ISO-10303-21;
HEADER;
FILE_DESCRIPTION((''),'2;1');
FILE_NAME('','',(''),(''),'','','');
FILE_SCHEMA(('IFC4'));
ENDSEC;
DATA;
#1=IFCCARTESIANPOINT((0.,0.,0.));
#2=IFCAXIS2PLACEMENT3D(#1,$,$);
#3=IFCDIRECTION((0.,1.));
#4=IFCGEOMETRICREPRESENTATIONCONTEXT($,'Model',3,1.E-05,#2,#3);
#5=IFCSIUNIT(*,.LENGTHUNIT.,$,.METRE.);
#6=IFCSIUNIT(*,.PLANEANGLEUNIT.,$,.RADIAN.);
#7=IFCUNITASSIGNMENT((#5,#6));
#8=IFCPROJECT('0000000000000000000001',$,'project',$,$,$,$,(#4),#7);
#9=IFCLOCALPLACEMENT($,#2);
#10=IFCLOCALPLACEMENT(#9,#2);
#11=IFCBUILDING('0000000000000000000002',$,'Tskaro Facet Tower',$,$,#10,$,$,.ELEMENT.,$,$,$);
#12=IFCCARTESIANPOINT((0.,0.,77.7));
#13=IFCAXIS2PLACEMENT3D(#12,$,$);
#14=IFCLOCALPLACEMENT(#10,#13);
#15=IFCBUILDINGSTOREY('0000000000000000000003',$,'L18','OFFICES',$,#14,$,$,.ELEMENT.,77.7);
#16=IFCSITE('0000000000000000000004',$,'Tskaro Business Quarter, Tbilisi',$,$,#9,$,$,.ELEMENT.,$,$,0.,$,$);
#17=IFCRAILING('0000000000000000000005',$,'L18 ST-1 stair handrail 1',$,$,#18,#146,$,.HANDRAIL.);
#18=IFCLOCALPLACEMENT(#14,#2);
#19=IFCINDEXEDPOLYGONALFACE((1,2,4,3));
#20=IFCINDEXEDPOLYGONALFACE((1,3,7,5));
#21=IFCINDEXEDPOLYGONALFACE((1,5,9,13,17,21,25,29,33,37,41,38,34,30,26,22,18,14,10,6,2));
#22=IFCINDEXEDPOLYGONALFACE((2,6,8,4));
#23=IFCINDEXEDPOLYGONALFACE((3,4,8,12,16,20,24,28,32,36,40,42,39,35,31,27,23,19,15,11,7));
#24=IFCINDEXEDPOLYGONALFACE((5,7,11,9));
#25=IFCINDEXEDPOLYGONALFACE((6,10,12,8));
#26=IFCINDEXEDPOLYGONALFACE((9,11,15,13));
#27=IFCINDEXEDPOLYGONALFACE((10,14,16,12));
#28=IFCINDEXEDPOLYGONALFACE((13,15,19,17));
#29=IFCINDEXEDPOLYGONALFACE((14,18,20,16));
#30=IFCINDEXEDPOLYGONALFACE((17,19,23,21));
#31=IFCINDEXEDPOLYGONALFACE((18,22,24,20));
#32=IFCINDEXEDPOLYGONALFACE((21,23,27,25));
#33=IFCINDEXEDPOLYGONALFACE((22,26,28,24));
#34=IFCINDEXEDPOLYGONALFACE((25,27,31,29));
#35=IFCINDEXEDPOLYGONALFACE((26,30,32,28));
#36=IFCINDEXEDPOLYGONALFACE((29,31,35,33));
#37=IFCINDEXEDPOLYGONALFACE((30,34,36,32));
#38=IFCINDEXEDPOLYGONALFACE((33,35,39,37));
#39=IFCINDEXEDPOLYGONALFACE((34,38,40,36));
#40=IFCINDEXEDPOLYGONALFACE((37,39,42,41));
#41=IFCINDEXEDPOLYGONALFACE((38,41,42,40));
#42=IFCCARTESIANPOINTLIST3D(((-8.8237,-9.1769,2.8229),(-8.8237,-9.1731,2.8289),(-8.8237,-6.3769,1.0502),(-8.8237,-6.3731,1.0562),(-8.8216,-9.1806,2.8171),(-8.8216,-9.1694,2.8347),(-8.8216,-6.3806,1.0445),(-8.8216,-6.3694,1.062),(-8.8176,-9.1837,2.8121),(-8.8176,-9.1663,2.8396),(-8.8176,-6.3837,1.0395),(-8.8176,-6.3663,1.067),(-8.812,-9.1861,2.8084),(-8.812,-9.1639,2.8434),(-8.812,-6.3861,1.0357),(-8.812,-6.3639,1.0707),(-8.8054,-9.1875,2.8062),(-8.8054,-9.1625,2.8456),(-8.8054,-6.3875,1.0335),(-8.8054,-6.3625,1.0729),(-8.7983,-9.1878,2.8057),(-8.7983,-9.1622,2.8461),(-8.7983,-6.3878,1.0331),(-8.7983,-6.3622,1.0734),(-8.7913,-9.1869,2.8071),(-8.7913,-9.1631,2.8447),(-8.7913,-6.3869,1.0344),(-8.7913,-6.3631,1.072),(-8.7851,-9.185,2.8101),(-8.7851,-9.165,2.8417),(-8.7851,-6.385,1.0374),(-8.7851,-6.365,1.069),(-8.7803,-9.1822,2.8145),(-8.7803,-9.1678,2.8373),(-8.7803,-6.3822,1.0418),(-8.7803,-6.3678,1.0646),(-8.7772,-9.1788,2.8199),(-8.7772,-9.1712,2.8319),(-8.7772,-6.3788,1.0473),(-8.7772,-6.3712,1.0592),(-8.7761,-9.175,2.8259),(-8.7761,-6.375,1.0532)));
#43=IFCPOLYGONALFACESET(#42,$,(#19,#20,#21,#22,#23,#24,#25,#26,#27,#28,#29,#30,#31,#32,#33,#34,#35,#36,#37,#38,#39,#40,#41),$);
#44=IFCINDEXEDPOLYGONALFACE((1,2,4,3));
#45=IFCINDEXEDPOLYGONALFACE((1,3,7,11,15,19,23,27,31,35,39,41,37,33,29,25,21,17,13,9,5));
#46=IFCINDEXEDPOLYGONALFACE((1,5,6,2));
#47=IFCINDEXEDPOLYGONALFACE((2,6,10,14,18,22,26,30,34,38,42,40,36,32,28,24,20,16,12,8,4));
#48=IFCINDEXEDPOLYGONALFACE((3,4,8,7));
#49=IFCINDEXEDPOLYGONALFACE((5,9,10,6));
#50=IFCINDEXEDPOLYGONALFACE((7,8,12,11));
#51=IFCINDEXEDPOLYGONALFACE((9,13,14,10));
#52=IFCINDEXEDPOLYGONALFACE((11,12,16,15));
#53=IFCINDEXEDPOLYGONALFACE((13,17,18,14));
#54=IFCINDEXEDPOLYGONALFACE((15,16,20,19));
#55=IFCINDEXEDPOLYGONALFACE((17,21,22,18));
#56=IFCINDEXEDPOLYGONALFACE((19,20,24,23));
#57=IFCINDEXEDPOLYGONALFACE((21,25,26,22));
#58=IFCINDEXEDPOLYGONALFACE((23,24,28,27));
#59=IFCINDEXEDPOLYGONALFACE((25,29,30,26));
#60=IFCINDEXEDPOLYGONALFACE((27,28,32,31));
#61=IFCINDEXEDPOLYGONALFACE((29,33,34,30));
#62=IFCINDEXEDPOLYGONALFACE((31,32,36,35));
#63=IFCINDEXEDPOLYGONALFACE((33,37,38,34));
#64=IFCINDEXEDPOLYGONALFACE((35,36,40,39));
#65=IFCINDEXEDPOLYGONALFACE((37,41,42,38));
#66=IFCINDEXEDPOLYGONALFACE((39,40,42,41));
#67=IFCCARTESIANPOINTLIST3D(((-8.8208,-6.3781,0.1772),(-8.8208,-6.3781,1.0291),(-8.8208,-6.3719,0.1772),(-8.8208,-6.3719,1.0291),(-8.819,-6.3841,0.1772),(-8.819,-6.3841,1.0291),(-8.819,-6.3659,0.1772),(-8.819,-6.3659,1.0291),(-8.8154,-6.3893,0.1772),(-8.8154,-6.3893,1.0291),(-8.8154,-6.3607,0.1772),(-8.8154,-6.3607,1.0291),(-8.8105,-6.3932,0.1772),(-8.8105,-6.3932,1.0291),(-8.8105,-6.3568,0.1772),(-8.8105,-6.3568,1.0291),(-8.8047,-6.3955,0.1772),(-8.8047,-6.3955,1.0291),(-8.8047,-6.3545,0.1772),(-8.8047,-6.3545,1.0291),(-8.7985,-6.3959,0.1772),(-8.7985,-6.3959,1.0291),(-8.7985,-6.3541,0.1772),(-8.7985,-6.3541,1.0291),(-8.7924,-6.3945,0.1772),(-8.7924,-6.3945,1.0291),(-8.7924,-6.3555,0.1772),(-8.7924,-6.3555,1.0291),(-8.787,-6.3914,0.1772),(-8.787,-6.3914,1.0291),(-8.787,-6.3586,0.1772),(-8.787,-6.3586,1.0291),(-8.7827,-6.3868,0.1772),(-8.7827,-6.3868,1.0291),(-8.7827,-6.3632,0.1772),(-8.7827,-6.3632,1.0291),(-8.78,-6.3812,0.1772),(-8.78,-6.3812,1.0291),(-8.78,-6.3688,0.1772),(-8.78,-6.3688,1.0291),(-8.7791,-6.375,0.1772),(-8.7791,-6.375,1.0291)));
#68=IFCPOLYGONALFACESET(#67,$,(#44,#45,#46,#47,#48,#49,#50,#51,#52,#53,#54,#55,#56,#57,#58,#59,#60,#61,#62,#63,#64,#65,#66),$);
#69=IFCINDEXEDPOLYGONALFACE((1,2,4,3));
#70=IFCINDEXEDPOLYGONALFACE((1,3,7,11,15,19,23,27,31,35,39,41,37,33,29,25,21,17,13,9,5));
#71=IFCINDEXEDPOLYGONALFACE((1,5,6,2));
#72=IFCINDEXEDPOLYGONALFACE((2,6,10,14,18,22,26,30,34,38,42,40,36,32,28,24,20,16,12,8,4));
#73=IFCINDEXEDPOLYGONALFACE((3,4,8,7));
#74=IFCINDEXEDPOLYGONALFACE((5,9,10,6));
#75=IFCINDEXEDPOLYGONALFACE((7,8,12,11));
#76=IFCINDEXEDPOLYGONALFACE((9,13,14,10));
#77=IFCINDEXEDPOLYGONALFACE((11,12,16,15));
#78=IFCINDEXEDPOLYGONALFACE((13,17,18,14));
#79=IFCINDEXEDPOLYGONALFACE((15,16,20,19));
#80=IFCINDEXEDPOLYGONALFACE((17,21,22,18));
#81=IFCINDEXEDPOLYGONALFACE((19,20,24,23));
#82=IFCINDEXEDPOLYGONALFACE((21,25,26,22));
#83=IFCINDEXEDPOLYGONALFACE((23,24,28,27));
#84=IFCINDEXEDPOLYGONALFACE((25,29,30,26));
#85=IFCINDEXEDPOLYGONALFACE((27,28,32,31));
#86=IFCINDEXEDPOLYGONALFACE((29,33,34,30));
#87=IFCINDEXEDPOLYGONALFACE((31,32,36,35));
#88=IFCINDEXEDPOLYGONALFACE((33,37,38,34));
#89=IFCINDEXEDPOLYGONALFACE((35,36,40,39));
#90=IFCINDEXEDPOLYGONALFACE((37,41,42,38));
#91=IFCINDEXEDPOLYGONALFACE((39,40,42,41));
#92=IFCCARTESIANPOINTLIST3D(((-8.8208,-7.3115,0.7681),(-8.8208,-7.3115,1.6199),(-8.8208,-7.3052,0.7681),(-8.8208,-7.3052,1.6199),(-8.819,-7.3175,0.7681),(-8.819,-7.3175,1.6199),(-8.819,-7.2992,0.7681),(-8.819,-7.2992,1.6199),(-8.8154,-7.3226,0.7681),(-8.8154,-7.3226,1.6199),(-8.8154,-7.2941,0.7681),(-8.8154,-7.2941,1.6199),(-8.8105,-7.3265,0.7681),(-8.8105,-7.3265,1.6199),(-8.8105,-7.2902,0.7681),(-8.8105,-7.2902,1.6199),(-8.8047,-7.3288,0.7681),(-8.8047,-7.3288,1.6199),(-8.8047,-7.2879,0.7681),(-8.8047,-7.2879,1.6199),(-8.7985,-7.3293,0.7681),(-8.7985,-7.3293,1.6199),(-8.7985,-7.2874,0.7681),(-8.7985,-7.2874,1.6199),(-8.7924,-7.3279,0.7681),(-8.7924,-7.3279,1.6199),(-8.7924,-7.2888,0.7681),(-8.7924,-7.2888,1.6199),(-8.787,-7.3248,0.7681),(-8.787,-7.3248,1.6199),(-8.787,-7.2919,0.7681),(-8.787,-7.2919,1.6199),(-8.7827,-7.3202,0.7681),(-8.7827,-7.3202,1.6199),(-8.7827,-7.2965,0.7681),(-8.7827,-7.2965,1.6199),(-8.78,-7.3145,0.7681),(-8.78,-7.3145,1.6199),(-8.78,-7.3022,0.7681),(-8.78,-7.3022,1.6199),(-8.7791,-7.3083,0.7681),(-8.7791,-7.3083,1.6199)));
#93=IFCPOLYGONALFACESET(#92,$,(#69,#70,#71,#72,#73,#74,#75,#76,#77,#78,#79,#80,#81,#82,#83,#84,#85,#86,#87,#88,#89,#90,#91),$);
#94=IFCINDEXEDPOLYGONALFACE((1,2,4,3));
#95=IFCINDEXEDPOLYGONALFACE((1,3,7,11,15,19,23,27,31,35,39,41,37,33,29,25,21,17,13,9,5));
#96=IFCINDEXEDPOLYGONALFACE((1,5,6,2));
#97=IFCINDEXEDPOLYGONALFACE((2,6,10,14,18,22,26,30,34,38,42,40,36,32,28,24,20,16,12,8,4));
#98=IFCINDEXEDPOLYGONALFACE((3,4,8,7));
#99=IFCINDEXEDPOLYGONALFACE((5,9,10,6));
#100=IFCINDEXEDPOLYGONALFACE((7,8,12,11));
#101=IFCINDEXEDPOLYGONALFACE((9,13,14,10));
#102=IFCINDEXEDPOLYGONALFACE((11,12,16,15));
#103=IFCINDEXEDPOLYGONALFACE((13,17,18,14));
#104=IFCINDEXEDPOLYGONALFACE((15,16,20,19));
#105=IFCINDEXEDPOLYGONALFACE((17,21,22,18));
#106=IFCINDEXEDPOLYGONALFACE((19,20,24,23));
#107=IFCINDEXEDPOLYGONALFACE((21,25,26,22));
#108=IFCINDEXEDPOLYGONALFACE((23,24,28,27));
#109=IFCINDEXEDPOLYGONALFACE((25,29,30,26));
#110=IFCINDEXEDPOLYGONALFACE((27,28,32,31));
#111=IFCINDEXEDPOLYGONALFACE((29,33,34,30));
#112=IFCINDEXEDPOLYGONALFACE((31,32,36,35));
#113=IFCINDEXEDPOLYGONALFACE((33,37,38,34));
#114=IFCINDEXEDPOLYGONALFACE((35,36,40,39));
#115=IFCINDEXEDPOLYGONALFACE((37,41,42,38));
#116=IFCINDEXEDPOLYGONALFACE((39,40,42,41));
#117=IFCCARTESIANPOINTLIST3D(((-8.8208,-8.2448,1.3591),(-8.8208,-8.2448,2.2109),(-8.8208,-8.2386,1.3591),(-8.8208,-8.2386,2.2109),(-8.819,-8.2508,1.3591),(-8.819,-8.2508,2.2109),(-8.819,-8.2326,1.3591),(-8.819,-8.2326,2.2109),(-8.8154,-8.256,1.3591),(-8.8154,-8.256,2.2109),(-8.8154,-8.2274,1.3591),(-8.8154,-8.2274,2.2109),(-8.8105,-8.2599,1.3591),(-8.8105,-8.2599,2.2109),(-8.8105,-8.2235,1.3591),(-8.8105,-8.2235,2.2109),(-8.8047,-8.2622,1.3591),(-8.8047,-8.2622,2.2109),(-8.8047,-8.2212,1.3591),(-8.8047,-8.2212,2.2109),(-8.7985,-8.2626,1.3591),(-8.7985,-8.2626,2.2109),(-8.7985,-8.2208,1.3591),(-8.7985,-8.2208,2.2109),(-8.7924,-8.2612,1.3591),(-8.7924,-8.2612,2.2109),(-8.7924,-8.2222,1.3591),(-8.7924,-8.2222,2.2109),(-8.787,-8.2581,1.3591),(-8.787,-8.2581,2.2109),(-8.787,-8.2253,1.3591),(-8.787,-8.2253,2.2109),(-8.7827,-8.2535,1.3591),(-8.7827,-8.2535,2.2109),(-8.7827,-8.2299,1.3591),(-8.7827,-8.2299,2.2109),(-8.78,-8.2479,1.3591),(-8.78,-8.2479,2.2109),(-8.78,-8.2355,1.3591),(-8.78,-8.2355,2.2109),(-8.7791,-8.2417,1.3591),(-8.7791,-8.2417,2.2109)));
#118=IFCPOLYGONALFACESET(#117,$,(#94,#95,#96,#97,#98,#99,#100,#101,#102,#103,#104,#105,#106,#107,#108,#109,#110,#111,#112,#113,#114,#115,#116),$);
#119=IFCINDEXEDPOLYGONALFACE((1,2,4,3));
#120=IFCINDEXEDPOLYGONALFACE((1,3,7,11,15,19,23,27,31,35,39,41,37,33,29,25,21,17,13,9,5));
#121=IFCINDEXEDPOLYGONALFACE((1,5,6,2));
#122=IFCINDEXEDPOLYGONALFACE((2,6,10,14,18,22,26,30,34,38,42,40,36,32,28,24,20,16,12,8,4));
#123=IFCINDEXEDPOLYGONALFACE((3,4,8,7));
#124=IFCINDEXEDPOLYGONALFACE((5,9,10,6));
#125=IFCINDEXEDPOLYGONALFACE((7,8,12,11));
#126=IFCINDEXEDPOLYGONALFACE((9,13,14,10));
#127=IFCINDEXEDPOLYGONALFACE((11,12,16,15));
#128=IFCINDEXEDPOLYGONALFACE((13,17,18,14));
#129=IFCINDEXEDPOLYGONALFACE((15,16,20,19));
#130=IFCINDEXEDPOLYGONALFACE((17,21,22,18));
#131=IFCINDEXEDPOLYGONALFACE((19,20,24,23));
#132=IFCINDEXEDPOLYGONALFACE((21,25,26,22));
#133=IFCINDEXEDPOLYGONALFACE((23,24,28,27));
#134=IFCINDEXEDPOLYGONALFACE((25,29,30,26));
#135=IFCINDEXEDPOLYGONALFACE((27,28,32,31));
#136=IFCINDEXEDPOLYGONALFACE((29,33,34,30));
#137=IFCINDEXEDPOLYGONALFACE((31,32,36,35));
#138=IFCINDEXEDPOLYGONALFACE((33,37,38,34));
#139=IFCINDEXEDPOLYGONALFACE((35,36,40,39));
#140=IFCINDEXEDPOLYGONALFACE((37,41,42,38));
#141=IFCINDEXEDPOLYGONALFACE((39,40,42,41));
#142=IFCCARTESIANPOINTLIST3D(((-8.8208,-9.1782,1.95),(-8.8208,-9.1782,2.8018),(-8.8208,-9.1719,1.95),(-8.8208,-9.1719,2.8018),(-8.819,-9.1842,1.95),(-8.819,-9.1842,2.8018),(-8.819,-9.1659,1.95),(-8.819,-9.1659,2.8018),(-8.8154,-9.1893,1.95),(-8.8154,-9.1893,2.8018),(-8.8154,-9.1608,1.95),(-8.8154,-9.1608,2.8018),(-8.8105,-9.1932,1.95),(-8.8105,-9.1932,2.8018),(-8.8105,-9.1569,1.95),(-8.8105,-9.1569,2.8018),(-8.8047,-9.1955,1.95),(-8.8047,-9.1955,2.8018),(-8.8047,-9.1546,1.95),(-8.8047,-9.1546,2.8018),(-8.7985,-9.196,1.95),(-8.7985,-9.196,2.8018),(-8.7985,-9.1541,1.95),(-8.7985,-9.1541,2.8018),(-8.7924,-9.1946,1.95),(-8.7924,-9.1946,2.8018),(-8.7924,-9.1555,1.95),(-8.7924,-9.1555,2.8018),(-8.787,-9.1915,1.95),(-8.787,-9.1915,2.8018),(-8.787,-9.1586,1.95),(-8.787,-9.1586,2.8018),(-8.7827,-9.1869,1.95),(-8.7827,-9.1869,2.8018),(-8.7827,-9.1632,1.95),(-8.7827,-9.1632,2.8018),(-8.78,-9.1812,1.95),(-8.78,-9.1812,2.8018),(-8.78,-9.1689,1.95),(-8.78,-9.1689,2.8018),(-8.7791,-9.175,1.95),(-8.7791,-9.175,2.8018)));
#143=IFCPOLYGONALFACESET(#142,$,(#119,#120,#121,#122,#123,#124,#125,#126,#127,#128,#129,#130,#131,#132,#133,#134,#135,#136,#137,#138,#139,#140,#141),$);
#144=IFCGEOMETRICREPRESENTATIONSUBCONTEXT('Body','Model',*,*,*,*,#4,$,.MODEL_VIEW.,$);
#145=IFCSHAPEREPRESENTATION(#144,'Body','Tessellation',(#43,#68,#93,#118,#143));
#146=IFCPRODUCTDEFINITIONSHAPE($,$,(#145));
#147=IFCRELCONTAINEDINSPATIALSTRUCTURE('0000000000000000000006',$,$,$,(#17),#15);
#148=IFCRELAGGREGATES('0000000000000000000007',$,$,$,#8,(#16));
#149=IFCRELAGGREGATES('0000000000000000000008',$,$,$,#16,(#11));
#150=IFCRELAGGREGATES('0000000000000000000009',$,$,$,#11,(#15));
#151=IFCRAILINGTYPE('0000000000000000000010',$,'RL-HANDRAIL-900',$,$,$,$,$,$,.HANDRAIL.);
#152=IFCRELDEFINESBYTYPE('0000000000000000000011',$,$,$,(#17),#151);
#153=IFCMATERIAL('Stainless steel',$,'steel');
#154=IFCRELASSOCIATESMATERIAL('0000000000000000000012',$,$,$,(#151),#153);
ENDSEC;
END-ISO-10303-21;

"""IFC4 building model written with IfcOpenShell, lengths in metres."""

from ifc_helpers import new_model, si_unit, direction, frame, origin, origin_2d, place, context, subcontext, project, spatial, circle, extrude, material, type_object, element, save


model = new_model("IFC4")

# Units and contexts
model_context = context("Model", 3, precision=1e-05, world=origin(), true_north=direction((0.0, 1.0)))
body_context = subcontext(model_context, "Body", "Model", "MODEL_VIEW")
ifc_project = project(units=[si_unit("LENGTHUNIT", "METRE"), si_unit("PLANEANGLEUNIT", "RADIAN")], contexts=[model_context])

# Site, building, storey
site_placement = place(None, origin())
site = spatial("IfcSite", under=ifc_project, at=site_placement, Name="Tskaro Business Quarter, Tbilisi", CompositionType="ELEMENT", RefElevation=0.0)
building_placement = place(site_placement, origin())
building = spatial("IfcBuilding", under=site, at=building_placement, Name="Tskaro Facet Tower", CompositionType="ELEMENT")
storey_placement = place(building_placement, frame((0.0, 0.0, 77.7)))
storey = spatial("IfcBuildingStorey", under=building, at=storey_placement, Name="L18", Description="OFFICES", CompositionType="ELEMENT", Elevation=77.7)

# Shared definitions
ifc_material_1 = material(Name="Stainless steel", Category="steel")

# Railing
railing_type_1 = type_object("IfcRailingType", Name="RL-HANDRAIL-900", PredefinedType="HANDRAIL", material=ifc_material_1)
railing_1_placement = place(storey_placement, frame((-8.8, -6.375, 0.1772)))
element("IfcRailing", 1, at=railing_1_placement, inside=storey, type_object=railing_type_1, Name="L18 ST-1 stair handrail 1", PredefinedType="HANDRAIL", context=body_context, shape_type="SweptSolid", body=[
    extrude(circle(Radius=0.0239, at=origin_2d()), frame((0.0, 0.0, 0.876), z_axis=(0.0, -0.844909, 0.53491), x_axis=(1.0, 0.0, 0.0)), (0.0, 0.0, 1.0), 3.314),
    extrude(circle(Radius=0.021, at=origin_2d()), origin(), (0.0, 0.0, 1.0), 0.8518),
    extrude(circle(Radius=0.021, at=origin_2d()), frame((0.0, -0.9333, 0.5908)), (0.0, 0.0, 1.0), 0.8518),
    extrude(circle(Radius=0.021, at=origin_2d()), frame((0.0, -1.8667, 1.1819)), (0.0, 0.0, 1.0), 0.8518),
    extrude(circle(Radius=0.021, at=origin_2d()), frame((0.0, -2.8, 1.7727)), (0.0, 0.0, 1.0), 0.8518),
])

save(model, "model.ifc")
